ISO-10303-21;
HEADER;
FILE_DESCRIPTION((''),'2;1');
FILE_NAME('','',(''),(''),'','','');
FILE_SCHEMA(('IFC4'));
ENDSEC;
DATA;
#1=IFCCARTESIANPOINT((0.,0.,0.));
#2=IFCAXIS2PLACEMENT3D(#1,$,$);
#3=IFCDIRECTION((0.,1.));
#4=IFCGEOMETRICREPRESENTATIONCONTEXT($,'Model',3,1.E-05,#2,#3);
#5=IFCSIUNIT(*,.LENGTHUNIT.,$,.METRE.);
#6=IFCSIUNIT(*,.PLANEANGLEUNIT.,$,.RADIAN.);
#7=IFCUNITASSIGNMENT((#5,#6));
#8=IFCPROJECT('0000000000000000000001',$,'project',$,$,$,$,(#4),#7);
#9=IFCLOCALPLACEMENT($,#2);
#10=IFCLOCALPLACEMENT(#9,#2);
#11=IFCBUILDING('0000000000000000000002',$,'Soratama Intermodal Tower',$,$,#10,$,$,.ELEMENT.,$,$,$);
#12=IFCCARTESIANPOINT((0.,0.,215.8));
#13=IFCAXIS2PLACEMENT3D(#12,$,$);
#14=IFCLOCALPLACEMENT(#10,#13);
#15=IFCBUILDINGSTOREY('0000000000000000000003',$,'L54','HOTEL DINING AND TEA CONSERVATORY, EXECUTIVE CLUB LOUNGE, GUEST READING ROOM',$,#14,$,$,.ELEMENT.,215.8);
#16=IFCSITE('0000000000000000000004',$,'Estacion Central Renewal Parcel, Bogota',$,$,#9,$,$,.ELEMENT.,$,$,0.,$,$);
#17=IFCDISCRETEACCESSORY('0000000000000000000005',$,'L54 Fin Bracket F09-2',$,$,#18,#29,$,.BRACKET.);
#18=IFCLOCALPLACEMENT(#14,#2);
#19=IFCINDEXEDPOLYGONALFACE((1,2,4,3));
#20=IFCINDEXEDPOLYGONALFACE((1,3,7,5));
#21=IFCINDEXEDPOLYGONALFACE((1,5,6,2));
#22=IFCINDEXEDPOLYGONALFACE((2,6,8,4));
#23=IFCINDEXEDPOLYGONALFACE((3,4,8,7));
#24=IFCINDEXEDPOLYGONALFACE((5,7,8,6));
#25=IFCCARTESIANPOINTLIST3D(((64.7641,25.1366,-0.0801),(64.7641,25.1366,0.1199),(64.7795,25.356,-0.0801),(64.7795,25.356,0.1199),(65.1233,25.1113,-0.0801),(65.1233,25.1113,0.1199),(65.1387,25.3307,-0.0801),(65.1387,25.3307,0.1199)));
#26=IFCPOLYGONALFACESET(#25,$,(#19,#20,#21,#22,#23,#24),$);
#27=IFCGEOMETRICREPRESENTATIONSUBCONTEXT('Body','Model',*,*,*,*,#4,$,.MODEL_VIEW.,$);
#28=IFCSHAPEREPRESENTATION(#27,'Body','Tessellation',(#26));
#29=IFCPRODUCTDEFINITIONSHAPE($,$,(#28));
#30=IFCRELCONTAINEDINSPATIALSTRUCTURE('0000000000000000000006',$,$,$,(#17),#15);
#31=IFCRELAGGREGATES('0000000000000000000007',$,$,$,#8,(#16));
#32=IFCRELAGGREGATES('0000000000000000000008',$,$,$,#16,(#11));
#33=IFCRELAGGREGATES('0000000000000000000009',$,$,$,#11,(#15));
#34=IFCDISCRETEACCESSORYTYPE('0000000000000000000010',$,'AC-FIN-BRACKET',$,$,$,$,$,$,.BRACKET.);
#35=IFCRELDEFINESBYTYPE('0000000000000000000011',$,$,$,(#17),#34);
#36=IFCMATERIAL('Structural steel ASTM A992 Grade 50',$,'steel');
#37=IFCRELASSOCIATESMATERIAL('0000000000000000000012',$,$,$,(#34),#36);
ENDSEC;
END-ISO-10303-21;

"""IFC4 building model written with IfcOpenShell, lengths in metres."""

from ifc_helpers import new_model, si_unit, direction, frame, origin, origin_2d, place, context, subcontext, project, spatial, rectangle, extrude, material, type_object, element, save


model = new_model("IFC4")

# Units and contexts
model_context = context("Model", 3, precision=1e-05, world=origin(), true_north=direction((0.0, 1.0)))
body_context = subcontext(model_context, "Body", "Model", "MODEL_VIEW")
ifc_project = project(units=[si_unit("LENGTHUNIT", "METRE"), si_unit("PLANEANGLEUNIT", "RADIAN")], contexts=[model_context])

# Site, building, storey
site_placement = place(None, origin())
site = spatial("IfcSite", under=ifc_project, at=site_placement, Name="Estacion Central Renewal Parcel, Bogota", CompositionType="ELEMENT", RefElevation=0.0)
building_placement = place(site_placement, origin())
building = spatial("IfcBuilding", under=site, at=building_placement, Name="Soratama Intermodal Tower", CompositionType="ELEMENT")
storey_placement = place(building_placement, frame((0.0, 0.0, 215.8)))
storey = spatial("IfcBuildingStorey", under=building, at=storey_placement, Name="L54", Description="HOTEL DINING AND TEA CONSERVATORY, EXECUTIVE CLUB LOUNGE, GUEST READING ROOM", CompositionType="ELEMENT", Elevation=215.8)

# Discrete accessory
ifc_material_1 = material(Name="Structural steel ASTM A992 Grade 50", Category="steel")
discrete_accessory_type = type_object("IfcDiscreteAccessoryType", Name="AC-FIN-BRACKET", PredefinedType="BRACKET", material=ifc_material_1)
for number, where, z_axis, x_axis, name in (
    (1, (64.9514, 25.2336, -0.0801), (0.0, 0.0, 1.0), (0.99754, -0.070105, 0.0), "L54 Fin Bracket F09-2"),
):
    element("IfcDiscreteAccessory", number, at=place(storey_placement, frame(where, z_axis=z_axis, x_axis=x_axis)), inside=storey, type_object=discrete_accessory_type, Name=name, PredefinedType="BRACKET", context=body_context, shape_type="SweptSolid", body=[
        extrude(rectangle(XDim=0.3601, YDim=0.22, at=origin_2d()), origin(), (0.0, 0.0, 1.0), 0.2),
    ])

save(model, "model.ifc")
